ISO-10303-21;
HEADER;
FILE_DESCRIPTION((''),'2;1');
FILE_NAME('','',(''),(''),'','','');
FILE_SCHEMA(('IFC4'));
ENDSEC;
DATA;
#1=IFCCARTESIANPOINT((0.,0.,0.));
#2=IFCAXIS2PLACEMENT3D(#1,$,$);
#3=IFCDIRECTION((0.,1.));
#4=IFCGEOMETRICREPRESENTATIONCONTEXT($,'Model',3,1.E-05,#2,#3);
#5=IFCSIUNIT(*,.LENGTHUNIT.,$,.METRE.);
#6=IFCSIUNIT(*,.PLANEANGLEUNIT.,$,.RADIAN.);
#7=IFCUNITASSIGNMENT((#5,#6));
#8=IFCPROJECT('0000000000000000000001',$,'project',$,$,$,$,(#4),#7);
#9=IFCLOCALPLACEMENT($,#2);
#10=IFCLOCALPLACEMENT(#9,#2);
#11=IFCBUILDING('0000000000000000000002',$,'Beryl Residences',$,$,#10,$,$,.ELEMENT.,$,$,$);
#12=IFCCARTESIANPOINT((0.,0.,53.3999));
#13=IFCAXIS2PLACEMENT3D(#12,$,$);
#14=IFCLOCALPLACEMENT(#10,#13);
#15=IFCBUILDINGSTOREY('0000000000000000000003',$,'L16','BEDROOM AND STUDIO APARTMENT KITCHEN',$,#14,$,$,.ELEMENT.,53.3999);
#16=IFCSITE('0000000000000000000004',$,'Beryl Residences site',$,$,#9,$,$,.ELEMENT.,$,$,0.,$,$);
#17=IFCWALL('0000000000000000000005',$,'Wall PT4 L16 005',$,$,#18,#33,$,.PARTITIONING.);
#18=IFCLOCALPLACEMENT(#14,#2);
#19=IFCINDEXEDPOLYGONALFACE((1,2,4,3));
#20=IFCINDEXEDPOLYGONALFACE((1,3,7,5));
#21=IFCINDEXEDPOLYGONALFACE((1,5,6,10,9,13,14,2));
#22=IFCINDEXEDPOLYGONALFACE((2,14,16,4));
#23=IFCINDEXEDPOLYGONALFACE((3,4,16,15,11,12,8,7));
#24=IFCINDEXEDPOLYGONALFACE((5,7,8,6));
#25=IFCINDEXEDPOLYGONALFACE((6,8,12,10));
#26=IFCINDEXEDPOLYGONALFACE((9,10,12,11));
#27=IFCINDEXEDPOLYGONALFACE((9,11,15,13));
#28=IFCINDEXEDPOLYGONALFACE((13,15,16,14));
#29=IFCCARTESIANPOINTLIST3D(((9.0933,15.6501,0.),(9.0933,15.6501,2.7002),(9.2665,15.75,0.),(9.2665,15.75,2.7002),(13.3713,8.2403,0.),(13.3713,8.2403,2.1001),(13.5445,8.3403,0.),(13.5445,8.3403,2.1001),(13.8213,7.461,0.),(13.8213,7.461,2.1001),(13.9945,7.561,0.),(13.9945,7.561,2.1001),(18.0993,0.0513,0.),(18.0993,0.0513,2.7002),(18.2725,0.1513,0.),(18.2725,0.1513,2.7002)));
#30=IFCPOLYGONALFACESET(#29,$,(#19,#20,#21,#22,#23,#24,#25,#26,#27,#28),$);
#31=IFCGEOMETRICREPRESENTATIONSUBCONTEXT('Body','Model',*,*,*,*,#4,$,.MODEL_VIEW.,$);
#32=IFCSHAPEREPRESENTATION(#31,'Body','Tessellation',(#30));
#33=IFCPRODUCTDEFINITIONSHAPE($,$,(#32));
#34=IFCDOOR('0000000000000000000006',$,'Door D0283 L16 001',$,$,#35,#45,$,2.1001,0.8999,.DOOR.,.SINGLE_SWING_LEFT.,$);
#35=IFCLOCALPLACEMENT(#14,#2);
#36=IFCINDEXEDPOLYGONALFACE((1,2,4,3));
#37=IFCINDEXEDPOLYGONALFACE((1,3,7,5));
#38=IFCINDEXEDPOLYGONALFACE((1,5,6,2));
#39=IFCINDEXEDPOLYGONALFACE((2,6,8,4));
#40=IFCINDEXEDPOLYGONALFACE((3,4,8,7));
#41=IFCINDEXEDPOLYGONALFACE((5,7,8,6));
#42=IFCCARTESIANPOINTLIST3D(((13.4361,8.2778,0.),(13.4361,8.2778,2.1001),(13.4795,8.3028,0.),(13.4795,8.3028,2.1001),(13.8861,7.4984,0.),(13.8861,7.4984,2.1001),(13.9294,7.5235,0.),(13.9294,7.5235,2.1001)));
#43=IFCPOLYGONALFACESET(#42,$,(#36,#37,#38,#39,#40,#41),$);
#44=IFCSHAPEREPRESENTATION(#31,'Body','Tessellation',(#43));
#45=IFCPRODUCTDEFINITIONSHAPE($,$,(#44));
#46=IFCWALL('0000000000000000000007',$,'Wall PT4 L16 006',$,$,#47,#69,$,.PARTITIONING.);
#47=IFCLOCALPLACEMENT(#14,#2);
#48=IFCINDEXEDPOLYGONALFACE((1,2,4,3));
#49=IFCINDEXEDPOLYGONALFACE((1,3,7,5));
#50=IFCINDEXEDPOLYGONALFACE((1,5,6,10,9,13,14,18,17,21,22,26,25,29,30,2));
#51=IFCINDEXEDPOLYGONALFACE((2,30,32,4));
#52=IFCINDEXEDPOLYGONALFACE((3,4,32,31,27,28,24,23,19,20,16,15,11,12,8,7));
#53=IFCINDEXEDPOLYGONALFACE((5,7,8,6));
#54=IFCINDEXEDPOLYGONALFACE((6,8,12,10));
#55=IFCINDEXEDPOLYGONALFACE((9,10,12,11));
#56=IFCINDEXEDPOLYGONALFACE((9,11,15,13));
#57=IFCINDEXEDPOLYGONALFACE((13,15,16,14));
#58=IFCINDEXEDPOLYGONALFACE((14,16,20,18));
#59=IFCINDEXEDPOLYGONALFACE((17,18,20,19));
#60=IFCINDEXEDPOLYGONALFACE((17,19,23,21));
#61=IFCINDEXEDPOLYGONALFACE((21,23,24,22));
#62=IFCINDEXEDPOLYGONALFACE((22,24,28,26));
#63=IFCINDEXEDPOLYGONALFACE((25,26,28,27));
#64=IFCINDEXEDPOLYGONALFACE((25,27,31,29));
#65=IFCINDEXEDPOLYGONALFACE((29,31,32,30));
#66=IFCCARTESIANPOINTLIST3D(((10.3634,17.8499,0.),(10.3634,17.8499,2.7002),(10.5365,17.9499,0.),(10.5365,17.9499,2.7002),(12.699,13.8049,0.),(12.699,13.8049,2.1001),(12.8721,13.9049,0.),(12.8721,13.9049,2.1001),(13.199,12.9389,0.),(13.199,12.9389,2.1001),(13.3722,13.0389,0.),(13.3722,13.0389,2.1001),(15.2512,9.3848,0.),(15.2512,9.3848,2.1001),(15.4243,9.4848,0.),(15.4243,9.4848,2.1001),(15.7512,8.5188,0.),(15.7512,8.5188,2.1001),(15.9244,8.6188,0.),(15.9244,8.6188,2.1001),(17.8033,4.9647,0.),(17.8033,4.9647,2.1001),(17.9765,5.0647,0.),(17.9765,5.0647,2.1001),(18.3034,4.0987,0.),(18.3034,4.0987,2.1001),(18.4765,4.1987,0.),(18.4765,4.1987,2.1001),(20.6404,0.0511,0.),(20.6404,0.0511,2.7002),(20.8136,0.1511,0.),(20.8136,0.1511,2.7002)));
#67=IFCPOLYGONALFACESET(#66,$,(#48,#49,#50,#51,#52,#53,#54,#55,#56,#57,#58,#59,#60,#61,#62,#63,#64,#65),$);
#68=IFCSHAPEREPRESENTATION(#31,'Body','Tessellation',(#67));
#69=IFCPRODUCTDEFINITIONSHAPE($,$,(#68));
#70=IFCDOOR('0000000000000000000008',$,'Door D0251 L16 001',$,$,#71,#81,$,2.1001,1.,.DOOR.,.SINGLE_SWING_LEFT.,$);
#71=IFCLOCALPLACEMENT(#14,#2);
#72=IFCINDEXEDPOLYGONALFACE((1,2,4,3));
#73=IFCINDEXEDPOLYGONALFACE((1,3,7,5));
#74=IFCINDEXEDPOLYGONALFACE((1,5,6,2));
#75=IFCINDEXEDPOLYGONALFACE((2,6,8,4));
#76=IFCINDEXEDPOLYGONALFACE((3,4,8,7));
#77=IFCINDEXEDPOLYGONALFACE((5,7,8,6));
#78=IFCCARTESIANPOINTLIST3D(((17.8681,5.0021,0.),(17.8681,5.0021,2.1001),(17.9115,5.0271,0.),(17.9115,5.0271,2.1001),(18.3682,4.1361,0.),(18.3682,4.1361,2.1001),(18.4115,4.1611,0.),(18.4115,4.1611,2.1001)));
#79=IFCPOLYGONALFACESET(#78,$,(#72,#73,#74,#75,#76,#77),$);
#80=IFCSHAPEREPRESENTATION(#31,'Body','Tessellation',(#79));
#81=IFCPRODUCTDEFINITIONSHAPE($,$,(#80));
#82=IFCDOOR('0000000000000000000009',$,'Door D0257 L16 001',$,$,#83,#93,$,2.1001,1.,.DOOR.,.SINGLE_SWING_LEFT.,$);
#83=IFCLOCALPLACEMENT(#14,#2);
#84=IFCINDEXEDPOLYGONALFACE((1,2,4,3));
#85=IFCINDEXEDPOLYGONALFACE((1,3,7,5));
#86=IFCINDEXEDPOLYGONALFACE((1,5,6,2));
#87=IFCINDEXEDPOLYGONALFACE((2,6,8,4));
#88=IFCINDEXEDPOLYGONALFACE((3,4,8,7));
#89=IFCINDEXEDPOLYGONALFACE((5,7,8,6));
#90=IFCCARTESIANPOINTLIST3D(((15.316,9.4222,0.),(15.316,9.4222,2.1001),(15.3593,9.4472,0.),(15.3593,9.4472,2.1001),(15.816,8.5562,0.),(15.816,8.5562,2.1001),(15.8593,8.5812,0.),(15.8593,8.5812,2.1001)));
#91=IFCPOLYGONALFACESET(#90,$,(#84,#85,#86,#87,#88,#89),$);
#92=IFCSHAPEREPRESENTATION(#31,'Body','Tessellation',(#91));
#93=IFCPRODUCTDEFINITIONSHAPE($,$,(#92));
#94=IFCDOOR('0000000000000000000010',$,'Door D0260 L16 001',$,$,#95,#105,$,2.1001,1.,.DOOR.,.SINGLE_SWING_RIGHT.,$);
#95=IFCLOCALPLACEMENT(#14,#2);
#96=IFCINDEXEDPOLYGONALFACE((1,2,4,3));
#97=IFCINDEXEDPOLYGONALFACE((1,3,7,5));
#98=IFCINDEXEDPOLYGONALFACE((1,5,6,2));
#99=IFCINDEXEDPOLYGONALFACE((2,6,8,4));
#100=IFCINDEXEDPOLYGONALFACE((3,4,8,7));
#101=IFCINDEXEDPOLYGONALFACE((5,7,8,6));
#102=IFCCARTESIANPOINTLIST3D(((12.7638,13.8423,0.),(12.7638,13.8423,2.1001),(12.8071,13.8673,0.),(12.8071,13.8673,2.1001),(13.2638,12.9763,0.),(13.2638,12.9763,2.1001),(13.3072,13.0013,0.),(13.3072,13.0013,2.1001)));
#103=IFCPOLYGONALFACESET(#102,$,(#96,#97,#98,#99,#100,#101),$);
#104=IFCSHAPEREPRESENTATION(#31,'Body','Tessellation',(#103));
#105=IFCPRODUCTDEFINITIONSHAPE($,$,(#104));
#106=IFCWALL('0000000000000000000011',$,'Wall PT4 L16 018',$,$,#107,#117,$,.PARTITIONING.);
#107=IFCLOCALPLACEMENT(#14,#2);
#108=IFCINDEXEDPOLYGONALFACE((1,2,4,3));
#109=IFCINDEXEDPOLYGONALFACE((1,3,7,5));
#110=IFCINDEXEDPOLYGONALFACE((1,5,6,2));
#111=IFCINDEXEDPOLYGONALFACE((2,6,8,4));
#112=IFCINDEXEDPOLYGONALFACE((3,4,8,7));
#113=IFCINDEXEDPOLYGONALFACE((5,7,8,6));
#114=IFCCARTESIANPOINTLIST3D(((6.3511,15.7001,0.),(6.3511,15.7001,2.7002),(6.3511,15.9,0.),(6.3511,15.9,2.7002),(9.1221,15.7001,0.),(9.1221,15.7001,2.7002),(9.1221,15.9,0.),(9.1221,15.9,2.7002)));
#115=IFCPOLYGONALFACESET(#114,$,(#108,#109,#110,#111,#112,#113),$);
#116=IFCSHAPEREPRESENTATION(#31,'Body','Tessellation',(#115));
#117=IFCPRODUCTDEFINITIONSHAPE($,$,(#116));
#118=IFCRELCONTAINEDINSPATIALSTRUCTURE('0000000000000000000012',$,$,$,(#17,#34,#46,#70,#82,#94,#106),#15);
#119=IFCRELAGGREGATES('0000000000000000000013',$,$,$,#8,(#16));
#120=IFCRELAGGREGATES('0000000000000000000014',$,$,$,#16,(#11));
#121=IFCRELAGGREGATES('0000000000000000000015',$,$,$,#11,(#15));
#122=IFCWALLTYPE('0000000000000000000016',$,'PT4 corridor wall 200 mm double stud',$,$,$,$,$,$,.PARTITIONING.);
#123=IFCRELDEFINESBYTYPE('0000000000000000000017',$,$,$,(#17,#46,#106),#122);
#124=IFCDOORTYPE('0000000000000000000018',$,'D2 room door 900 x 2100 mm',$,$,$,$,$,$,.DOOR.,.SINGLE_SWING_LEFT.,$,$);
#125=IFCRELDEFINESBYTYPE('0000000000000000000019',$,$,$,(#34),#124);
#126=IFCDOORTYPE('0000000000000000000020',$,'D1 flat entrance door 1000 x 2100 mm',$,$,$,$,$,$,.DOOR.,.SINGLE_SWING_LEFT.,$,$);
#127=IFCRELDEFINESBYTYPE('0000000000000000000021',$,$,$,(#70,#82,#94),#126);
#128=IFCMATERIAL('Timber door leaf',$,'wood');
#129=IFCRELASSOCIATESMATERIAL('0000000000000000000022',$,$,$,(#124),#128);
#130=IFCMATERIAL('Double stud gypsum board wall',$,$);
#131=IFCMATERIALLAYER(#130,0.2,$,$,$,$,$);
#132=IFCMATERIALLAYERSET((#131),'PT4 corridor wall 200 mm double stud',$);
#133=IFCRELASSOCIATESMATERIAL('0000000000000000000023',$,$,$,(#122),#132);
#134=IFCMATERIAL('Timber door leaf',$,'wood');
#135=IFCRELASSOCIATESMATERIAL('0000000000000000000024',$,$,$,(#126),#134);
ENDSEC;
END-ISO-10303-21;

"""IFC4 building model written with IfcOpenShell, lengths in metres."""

from ifc_helpers import new_model, si_unit, direction, frame, frame_2d, origin, place, context, subcontext, project, spatial, rectangle, extrude, material, layer, layer_set, type_object, element, fill, save


model = new_model("IFC4")

# Units and contexts
model_context = context("Model", 3, precision=1e-05, world=origin(), true_north=direction((0.0, 1.0)))
body_context = subcontext(model_context, "Body", "Model", "MODEL_VIEW")
ifc_project = project(units=[si_unit("LENGTHUNIT", "METRE"), si_unit("PLANEANGLEUNIT", "RADIAN")], contexts=[model_context])

# Site, building, storey
site_placement = place(None, origin())
site = spatial("IfcSite", under=ifc_project, at=site_placement, Name="Beryl Residences site", CompositionType="ELEMENT", RefElevation=0.0)
building_placement = place(site_placement, origin())
building = spatial("IfcBuilding", under=site, at=building_placement, Name="Beryl Residences", CompositionType="ELEMENT")
storey_placement = place(building_placement, frame((0.0, 0.0, 53.3999)))
storey = spatial("IfcBuildingStorey", under=building, at=storey_placement, Name="L16", Description="BEDROOM AND STUDIO APARTMENT KITCHEN", CompositionType="ELEMENT", Elevation=53.3999)

# Shared definitions
ifc_material_1 = material(Name="Timber door leaf", Category="wood")
door_type_1 = type_object("IfcDoorType", Name="D2 room door 900 x 2100 mm", OperationType="SINGLE_SWING_LEFT", PredefinedType="DOOR", material=ifc_material_1)

# Shared definitions
ifc_material_2 = material(Name="Double stud gypsum board wall")
ifc_layer_1 = layer(ifc_material_2, 0.2)
ifc_layer_set_1 = layer_set([ifc_layer_1], Name="PT4 corridor wall 200 mm double stud")
wall_type_1 = type_object("IfcWallType", Name="PT4 corridor wall 200 mm double stud", PredefinedType="PARTITIONING", material=ifc_layer_set_1)

# Wall, opening, door
wall_1_placement = place(storey_placement, frame((9.1799, 15.7, 0.0), z_axis=(0.0, 0.0, 1.0), x_axis=(0.500004, -0.866023, 0.0)))
wall_1 = element("IfcWall", 1, at=wall_1_placement, inside=storey, type_object=wall_type_1, Name="Wall PT4 L16 005", PredefinedType="PARTITIONING", context=body_context, shape_type="SweptSolid", body=[
    extrude(rectangle(XDim=18.012, YDim=0.2, at=frame_2d((9.0059, 0.0))), origin(), (0.0, 0.0, 1.0), 2.7002),
])
opening_1_placement = place(wall_1_placement, frame((8.5559, 0.0, 0.0)))
opening_1 = element("IfcOpeningElement", 2, at=opening_1_placement, cuts=wall_1, PredefinedType="OPENING", context=body_context, shape_type="SweptSolid", body=[
    extrude(rectangle(XDim=0.8999, YDim=2.1001, at=frame_2d((0.45, 1.05))), frame((0.0, 0.1099, 0.0), z_axis=(0.0, -1.0, 0.0), x_axis=(1.0, 0.0, 0.0)), (0.0, 0.0, 1.0), 0.22),
])
door_1_placement = place(opening_1_placement, origin())
door_1 = element("IfcDoor", 3, at=door_1_placement, inside=storey, type_object=door_type_1, Name="Door D0283 L16 001", OperationType="SINGLE_SWING_LEFT", OverallHeight=2.1001, OverallWidth=0.8999, PredefinedType="DOOR", context=body_context, shape_type="SweptSolid", body=[
    extrude(rectangle(XDim=0.8999, YDim=2.1001, at=frame_2d((0.45, 1.05))), frame((0.0, 0.0249, 0.0), z_axis=(0.0, -1.0, 0.0), x_axis=(1.0, 0.0, 0.0)), (0.0, 0.0, 1.0), 0.05),
])
fill(opening_1, door_1)

# Wall, openings, doors
wall_2_placement = place(storey_placement, frame((10.45, 17.8999, 0.0), z_axis=(0.0, 0.0, 1.0), x_axis=(0.500034, -0.866006, 0.0)))
wall_2 = element("IfcWall", 4, at=wall_2_placement, inside=storey, type_object=wall_type_1, Name="Wall PT4 L16 006", PredefinedType="PARTITIONING", context=body_context, shape_type="SweptSolid", body=[
    extrude(rectangle(XDim=20.5527, YDim=0.2, at=frame_2d((10.2764, 0.0))), origin(), (0.0, 0.0, 1.0), 2.7002),
])
opening_2_placement = place(wall_2_placement, frame((14.8789, 0.0, 0.0)))
opening_2 = element("IfcOpeningElement", 5, at=opening_2_placement, cuts=wall_2, PredefinedType="OPENING", context=body_context, shape_type="SweptSolid", body=[
    extrude(rectangle(XDim=1.0, YDim=2.1001, at=frame_2d((0.5, 1.05))), frame((0.0, 0.1099, 0.0), z_axis=(0.0, -1.0, 0.0), x_axis=(1.0, 0.0, 0.0)), (0.0, 0.0, 1.0), 0.22),
])
opening_3_placement = place(wall_2_placement, frame((9.7749, 0.0, 0.0)))
opening_3 = element("IfcOpeningElement", 6, at=opening_3_placement, cuts=wall_2, PredefinedType="OPENING", context=body_context, shape_type="SweptSolid", body=[
    extrude(rectangle(XDim=1.0, YDim=2.1001, at=frame_2d((0.5, 1.05))), frame((0.0, 0.1099, 0.0), z_axis=(0.0, -1.0, 0.0), x_axis=(1.0, 0.0, 0.0)), (0.0, 0.0, 1.0), 0.22),
])
opening_4_placement = place(wall_2_placement, frame((4.6709, 0.0, 0.0)))
opening_4 = element("IfcOpeningElement", 7, at=opening_4_placement, cuts=wall_2, PredefinedType="OPENING", context=body_context, shape_type="SweptSolid", body=[
    extrude(rectangle(XDim=1.0, YDim=2.1001, at=frame_2d((0.5, 1.05))), frame((0.0, 0.1099, 0.0), z_axis=(0.0, -1.0, 0.0), x_axis=(1.0, 0.0, 0.0)), (0.0, 0.0, 1.0), 0.22),
])
ifc_material_3 = material(Name="Timber door leaf", Category="wood")
door_type_2 = type_object("IfcDoorType", Name="D1 flat entrance door 1000 x 2100 mm", OperationType="SINGLE_SWING_LEFT", PredefinedType="DOOR", material=ifc_material_3)
door_2_placement = place(opening_2_placement, origin())
door_2 = element("IfcDoor", 8, at=door_2_placement, inside=storey, type_object=door_type_2, Name="Door D0251 L16 001", OperationType="SINGLE_SWING_LEFT", OverallHeight=2.1001, OverallWidth=1.0, PredefinedType="DOOR", context=body_context, shape_type="SweptSolid", body=[
    extrude(rectangle(XDim=1.0, YDim=2.1001, at=frame_2d((0.5, 1.05))), frame((0.0, 0.0249, 0.0), z_axis=(0.0, -1.0, 0.0), x_axis=(1.0, 0.0, 0.0)), (0.0, 0.0, 1.0), 0.05),
])
fill(opening_2, door_2)
door_3_placement = place(opening_3_placement, origin())
door_3 = element("IfcDoor", 9, at=door_3_placement, inside=storey, type_object=door_type_2, Name="Door D0257 L16 001", OperationType="SINGLE_SWING_LEFT", OverallHeight=2.1001, OverallWidth=1.0, PredefinedType="DOOR", context=body_context, shape_type="SweptSolid", body=[
    extrude(rectangle(XDim=1.0, YDim=2.1001, at=frame_2d((0.5, 1.05))), frame((0.0, 0.0249, 0.0), z_axis=(0.0, -1.0, 0.0), x_axis=(1.0, 0.0, 0.0)), (0.0, 0.0, 1.0), 0.05),
])
fill(opening_3, door_3)
door_4_placement = place(opening_4_placement, origin())
door_4 = element("IfcDoor", 10, at=door_4_placement, inside=storey, type_object=door_type_2, Name="Door D0260 L16 001", OperationType="SINGLE_SWING_RIGHT", OverallHeight=2.1001, OverallWidth=1.0, PredefinedType="DOOR", context=body_context, shape_type="SweptSolid", body=[
    extrude(rectangle(XDim=1.0, YDim=2.1001, at=frame_2d((0.5, 1.05))), frame((0.0, 0.0249, 0.0), z_axis=(0.0, -1.0, 0.0), x_axis=(1.0, 0.0, 0.0)), (0.0, 0.0, 1.0), 0.05),
])
fill(opening_4, door_4)

# Wall
wall_3_placement = place(storey_placement, frame((6.3511, 15.8, 0.0), z_axis=(0.0, 0.0, 1.0), x_axis=(1.0, 0.0, 0.0)))
element("IfcWall", 11, at=wall_3_placement, inside=storey, type_object=wall_type_1, Name="Wall PT4 L16 018", PredefinedType="PARTITIONING", context=body_context, shape_type="SweptSolid", body=[
    extrude(rectangle(XDim=2.771, YDim=0.2, at=frame_2d((1.3855, 0.0))), origin(), (0.0, 0.0, 1.0), 2.7002),
])

save(model, "model.ifc")
